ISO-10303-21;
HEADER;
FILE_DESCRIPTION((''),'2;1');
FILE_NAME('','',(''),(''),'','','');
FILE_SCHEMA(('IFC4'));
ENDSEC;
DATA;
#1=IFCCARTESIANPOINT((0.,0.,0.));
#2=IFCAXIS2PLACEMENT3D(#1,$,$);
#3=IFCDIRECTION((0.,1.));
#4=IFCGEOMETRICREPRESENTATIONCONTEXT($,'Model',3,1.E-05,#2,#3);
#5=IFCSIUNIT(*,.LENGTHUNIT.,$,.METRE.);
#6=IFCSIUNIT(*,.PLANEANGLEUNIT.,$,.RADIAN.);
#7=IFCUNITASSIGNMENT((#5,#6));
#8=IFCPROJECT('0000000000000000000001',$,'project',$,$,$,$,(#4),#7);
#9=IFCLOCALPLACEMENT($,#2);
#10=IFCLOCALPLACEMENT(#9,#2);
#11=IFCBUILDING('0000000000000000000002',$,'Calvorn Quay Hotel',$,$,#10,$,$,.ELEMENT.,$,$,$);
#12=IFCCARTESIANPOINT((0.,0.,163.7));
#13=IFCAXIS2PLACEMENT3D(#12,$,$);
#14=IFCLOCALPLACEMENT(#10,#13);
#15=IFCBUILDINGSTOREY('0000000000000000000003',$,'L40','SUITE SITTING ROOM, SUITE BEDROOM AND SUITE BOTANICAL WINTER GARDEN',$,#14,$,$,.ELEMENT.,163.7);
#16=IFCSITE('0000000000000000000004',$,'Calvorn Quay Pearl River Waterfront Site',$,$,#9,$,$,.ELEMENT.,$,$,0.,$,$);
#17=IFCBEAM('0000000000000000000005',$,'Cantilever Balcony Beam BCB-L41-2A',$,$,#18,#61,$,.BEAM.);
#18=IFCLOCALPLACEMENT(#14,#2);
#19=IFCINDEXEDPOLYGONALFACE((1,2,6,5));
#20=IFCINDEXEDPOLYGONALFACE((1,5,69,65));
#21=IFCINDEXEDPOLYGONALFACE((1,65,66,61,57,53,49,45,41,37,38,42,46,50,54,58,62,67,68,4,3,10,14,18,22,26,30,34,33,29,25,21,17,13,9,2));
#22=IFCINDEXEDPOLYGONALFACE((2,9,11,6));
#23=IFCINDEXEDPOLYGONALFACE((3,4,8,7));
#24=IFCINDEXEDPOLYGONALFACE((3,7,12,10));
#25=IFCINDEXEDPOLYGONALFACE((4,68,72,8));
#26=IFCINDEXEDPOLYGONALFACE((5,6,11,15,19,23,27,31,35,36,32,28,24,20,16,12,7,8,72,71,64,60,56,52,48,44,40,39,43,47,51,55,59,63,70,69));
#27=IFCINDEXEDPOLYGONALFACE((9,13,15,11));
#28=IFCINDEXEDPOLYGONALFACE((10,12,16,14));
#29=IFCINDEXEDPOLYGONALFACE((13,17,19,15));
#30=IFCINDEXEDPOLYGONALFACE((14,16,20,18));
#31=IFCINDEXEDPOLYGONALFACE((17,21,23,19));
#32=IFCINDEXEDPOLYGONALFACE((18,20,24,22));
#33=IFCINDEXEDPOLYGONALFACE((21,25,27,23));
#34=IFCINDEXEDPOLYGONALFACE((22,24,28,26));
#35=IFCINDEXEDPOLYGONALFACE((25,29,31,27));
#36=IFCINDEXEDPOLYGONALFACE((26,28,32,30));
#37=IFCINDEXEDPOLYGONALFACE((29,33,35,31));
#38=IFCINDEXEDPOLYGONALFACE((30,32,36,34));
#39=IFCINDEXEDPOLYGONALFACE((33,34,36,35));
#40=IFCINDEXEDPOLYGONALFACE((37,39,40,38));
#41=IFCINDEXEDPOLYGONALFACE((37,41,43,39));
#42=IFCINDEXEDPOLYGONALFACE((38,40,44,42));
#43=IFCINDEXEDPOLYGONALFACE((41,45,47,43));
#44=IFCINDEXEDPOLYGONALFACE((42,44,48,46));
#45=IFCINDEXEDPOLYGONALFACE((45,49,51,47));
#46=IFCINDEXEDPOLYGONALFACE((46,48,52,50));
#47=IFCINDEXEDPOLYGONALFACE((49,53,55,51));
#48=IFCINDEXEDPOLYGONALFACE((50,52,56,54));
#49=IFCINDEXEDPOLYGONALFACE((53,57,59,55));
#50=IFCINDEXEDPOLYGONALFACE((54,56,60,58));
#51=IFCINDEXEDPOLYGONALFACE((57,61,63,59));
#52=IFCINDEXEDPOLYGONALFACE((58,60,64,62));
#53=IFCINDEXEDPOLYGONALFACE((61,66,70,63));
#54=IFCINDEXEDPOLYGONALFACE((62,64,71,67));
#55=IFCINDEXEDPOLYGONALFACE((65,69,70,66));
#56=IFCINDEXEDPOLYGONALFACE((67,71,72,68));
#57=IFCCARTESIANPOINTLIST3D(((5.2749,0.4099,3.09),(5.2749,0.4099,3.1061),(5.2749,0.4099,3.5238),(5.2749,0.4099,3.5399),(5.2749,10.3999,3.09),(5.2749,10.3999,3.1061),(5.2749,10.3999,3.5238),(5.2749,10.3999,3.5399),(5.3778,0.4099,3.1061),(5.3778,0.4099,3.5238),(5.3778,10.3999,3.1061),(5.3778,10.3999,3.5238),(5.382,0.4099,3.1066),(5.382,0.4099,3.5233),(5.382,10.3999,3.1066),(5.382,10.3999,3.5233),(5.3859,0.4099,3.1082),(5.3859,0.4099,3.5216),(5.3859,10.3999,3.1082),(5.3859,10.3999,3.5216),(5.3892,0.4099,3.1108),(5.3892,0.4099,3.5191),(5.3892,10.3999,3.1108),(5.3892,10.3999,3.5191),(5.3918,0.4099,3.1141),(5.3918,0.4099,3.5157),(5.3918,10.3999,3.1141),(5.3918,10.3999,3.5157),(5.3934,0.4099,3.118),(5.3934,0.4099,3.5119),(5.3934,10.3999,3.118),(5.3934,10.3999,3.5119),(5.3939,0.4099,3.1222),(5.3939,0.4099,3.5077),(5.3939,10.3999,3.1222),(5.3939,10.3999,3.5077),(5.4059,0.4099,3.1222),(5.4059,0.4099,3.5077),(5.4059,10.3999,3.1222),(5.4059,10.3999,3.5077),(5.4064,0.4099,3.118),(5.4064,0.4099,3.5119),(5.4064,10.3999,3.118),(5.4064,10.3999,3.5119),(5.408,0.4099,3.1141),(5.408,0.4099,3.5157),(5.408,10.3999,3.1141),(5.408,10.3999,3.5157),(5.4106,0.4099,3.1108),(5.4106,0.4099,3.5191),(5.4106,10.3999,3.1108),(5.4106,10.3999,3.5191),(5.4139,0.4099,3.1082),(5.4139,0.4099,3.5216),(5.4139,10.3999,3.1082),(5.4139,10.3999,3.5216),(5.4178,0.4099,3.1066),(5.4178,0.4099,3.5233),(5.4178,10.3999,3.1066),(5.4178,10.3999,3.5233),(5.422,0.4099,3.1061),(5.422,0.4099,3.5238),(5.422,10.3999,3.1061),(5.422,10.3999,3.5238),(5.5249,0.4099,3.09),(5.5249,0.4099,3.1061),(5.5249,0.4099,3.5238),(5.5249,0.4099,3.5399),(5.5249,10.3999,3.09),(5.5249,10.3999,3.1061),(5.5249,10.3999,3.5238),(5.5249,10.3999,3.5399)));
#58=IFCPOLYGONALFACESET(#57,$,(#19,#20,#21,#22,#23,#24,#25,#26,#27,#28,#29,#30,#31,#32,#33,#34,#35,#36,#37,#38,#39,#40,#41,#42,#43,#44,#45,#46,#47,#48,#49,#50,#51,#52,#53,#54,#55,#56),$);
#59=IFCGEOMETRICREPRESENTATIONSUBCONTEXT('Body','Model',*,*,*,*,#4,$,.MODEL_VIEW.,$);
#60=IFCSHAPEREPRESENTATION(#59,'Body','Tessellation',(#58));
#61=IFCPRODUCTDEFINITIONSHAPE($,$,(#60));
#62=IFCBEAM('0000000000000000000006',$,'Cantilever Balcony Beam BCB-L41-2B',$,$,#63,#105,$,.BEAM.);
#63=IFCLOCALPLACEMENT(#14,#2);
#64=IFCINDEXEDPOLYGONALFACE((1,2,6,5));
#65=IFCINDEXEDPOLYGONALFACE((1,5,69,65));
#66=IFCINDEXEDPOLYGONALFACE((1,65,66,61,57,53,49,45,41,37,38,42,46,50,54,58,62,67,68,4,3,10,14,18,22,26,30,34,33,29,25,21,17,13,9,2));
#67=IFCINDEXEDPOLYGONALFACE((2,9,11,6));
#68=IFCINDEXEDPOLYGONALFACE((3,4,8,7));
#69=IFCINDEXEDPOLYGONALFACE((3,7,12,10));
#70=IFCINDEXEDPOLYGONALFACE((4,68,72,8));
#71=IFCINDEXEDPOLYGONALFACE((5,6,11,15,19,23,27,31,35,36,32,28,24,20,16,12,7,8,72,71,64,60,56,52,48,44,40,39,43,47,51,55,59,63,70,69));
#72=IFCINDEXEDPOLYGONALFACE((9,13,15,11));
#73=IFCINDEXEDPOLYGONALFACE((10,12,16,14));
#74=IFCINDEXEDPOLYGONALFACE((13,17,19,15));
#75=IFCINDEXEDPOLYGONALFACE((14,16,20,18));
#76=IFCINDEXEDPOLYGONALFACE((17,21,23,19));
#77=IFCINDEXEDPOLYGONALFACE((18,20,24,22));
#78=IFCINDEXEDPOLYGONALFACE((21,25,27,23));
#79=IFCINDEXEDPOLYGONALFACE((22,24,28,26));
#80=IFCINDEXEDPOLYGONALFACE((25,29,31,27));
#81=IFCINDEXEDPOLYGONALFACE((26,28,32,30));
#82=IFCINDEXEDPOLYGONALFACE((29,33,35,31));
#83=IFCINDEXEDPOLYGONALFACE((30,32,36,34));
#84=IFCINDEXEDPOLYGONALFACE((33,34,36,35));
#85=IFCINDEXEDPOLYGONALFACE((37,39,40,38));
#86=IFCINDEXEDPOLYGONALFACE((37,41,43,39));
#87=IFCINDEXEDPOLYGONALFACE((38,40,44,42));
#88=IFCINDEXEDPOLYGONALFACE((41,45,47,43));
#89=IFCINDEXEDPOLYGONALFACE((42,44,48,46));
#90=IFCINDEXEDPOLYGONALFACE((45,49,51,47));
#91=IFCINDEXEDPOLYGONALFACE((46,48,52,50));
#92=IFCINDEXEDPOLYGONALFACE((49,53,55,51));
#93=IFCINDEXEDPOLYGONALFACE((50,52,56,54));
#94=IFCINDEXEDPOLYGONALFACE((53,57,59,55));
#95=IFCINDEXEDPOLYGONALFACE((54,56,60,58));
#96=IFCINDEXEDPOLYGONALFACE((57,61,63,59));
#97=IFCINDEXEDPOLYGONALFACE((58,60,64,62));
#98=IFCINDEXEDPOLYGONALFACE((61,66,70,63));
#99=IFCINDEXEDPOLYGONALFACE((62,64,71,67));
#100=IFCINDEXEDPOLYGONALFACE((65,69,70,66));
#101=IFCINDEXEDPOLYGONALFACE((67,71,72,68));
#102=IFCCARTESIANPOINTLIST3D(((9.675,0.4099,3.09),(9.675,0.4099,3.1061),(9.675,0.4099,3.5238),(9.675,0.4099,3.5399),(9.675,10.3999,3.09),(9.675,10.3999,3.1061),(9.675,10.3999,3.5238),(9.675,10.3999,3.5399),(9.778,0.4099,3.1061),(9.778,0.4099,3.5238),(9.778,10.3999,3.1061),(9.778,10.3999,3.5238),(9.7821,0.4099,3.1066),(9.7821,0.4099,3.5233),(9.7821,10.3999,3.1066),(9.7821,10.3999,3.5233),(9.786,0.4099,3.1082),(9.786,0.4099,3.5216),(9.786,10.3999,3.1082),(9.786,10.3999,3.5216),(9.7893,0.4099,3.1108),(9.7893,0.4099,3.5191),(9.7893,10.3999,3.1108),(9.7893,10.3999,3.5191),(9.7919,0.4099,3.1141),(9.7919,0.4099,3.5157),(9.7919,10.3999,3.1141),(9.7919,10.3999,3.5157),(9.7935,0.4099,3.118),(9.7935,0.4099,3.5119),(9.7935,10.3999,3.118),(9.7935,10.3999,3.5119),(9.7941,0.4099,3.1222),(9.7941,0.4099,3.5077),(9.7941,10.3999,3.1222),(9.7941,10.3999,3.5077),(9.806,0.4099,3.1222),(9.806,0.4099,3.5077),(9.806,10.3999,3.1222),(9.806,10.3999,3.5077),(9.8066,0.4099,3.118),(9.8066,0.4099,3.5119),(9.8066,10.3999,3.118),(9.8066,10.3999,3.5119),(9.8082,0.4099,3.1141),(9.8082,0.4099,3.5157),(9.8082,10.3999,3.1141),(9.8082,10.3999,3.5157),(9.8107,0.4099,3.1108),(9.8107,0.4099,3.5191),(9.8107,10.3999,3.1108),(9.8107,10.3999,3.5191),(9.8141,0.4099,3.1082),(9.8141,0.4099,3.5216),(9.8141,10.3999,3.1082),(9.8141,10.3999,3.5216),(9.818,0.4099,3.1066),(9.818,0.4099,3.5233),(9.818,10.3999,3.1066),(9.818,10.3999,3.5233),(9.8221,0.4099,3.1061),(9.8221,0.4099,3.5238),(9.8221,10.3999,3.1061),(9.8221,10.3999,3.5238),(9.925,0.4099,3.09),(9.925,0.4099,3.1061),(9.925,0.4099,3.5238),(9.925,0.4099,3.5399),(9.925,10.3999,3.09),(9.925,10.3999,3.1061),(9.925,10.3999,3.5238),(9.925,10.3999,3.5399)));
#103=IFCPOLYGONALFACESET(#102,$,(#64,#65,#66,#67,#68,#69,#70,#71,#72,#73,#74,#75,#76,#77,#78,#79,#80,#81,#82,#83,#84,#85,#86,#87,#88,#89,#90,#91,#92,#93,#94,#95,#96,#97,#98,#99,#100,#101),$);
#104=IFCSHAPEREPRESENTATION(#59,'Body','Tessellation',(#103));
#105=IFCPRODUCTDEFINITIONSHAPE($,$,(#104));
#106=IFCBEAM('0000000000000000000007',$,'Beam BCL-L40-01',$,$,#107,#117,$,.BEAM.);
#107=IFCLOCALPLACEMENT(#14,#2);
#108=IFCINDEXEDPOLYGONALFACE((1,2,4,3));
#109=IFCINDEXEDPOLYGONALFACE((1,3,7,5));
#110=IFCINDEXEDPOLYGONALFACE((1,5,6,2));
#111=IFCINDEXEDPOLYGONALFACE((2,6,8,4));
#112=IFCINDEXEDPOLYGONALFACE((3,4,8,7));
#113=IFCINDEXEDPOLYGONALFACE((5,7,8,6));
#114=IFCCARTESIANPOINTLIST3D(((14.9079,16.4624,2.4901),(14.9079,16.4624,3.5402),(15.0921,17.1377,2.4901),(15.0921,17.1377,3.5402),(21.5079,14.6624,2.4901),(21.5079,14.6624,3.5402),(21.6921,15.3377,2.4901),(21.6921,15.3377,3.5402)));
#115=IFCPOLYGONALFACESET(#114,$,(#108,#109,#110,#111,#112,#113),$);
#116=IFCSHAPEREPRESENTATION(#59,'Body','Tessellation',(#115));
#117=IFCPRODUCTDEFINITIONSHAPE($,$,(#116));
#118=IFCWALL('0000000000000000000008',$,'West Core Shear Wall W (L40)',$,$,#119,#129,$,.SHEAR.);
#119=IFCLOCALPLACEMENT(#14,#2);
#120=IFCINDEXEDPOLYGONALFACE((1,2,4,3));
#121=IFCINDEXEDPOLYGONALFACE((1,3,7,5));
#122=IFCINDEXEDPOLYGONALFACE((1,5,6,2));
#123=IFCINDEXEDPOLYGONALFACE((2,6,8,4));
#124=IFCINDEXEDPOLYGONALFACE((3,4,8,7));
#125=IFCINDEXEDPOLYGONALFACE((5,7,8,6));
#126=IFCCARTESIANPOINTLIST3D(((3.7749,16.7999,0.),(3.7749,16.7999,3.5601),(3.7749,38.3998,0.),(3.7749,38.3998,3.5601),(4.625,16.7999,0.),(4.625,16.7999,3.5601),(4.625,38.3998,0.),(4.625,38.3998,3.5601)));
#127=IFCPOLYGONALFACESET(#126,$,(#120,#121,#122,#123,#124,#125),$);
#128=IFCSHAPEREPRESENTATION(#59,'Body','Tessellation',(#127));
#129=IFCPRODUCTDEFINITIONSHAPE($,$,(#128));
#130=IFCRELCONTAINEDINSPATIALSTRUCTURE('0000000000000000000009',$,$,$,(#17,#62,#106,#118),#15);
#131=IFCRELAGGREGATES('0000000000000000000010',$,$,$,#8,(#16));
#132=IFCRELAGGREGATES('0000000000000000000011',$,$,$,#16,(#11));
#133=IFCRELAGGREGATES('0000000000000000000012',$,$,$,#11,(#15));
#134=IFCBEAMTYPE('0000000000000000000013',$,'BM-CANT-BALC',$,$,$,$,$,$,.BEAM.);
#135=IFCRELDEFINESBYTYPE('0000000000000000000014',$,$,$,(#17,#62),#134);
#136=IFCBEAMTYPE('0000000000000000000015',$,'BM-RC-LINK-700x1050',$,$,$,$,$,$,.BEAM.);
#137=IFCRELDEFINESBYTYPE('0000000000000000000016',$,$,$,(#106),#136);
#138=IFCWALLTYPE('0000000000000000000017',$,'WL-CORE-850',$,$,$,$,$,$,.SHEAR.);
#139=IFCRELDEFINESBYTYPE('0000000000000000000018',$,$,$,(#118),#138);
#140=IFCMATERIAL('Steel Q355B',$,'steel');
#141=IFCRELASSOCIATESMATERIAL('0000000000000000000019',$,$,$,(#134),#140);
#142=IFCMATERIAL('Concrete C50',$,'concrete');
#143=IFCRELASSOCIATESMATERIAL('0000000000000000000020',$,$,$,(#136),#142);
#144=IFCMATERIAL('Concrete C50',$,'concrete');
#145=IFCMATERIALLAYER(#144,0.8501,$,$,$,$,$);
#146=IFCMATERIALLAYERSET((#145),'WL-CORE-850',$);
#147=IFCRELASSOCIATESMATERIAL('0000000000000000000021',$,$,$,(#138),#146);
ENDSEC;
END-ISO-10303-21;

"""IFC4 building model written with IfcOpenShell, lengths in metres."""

from ifc_helpers import new_model, si_unit, direction, frame, frame_2d, origin, origin_2d, place, context, subcontext, project, spatial, rectangle, i_section, extrude, material, layer, layer_set, material_profile, profile_set, type_object, element, save


model = new_model("IFC4")

# Units and contexts
model_context = context("Model", 3, precision=1e-05, world=origin(), true_north=direction((0.0, 1.0)))
body_context = subcontext(model_context, "Body", "Model", "MODEL_VIEW")
ifc_project = project(units=[si_unit("LENGTHUNIT", "METRE"), si_unit("PLANEANGLEUNIT", "RADIAN")], contexts=[model_context])

# Site, building, storey
site_placement = place(None, origin())
site = spatial("IfcSite", under=ifc_project, at=site_placement, Name="Calvorn Quay Pearl River Waterfront Site", CompositionType="ELEMENT", RefElevation=0.0)
building_placement = place(site_placement, origin())
building = spatial("IfcBuilding", under=site, at=building_placement, Name="Calvorn Quay Hotel", CompositionType="ELEMENT")
storey_placement = place(building_placement, frame((0.0, 0.0, 163.7)))
storey = spatial("IfcBuildingStorey", under=building, at=storey_placement, Name="L40", Description="SUITE SITTING ROOM, SUITE BEDROOM AND SUITE BOTANICAL WINTER GARDEN", CompositionType="ELEMENT", Elevation=163.7)

# Beams
ifc_material_1 = material(Name="Steel Q355B", Category="steel")
ifc_material_profile_1 = material_profile(ifc_material_1, i_section(OverallWidth=0.25, OverallDepth=0.45, WebThickness=0.012, FlangeThickness=0.0161, FilletRadius=0.0161, at=origin_2d()), Name="HN450x250x12x16")
ifc_profile_set_1 = profile_set([ifc_material_profile_1], Name="Steel Q355B")
beam_type_1 = type_object("IfcBeamType", Name="BM-CANT-BALC", PredefinedType="BEAM", material=ifc_profile_set_1)
for number, where, z_axis, x_axis, name in (
    (1, (5.3999, 10.3999, 3.3149), (0.0, -1.0, 0.0), (1.0, 0.0, 0.0), "Cantilever Balcony Beam BCB-L41-2A"),
    (2, (9.8, 10.3999, 3.3149), (0.0, -1.0, 0.0), (1.0, 0.0, 0.0), "Cantilever Balcony Beam BCB-L41-2B"),
):
    element("IfcBeam", number, at=place(storey_placement, frame(where, z_axis=z_axis, x_axis=x_axis)), inside=storey, type_object=beam_type_1, Name=name, PredefinedType="BEAM", context=body_context, shape_type="SweptSolid", body=[
        extrude(i_section(OverallWidth=0.25, OverallDepth=0.45, WebThickness=0.012, FlangeThickness=0.0161, FilletRadius=0.0161, at=origin_2d()), origin(), (0.0, 0.0, 1.0), 9.99),
    ])
ifc_material_2 = material(Name="Concrete C50", Category="concrete")
ifc_material_profile_2 = material_profile(ifc_material_2, rectangle(XDim=0.7, YDim=1.05, at=origin_2d()), Name="RCB700x1050")
ifc_profile_set_2 = profile_set([ifc_material_profile_2], Name="Concrete C50")
beam_type_2 = type_object("IfcBeamType", Name="BM-RC-LINK-700x1050", PredefinedType="BEAM", material=ifc_profile_set_2)
beam_placement = place(storey_placement, frame((15.0, 16.8, 3.0151), z_axis=(0.964763, -0.26312, 0.0), x_axis=(0.26312, 0.964763, 0.0)))
element("IfcBeam", 3, at=beam_placement, inside=storey, type_object=beam_type_2, Name="Beam BCL-L40-01", PredefinedType="BEAM", context=body_context, shape_type="SweptSolid", body=[
    extrude(rectangle(XDim=0.7, YDim=1.05, at=origin_2d()), origin(), (0.0, 0.0, 1.0), 6.8411),
])

# Wall
ifc_material_3 = material(Name="Concrete C50", Category="concrete")
ifc_layer_1 = layer(ifc_material_3, 0.8501)
ifc_layer_set_1 = layer_set([ifc_layer_1], Name="WL-CORE-850")
wall_type_1 = type_object("IfcWallType", Name="WL-CORE-850", PredefinedType="SHEAR", material=ifc_layer_set_1)
wall_1_placement = place(storey_placement, frame((4.2, 16.8, 0.0), z_axis=(0.0, 0.0, 1.0), x_axis=(0.0, 1.0, 0.0)))
element("IfcWall", 4, at=wall_1_placement, inside=storey, type_object=wall_type_1, Name="West Core Shear Wall W (L40)", PredefinedType="SHEAR", context=body_context, shape_type="SweptSolid", body=[
    extrude(rectangle(XDim=21.5999, YDim=0.8501, at=frame_2d((10.7998, 0.0))), origin(), (0.0, 0.0, 1.0), 3.5601),
])

save(model, "model.ifc")
